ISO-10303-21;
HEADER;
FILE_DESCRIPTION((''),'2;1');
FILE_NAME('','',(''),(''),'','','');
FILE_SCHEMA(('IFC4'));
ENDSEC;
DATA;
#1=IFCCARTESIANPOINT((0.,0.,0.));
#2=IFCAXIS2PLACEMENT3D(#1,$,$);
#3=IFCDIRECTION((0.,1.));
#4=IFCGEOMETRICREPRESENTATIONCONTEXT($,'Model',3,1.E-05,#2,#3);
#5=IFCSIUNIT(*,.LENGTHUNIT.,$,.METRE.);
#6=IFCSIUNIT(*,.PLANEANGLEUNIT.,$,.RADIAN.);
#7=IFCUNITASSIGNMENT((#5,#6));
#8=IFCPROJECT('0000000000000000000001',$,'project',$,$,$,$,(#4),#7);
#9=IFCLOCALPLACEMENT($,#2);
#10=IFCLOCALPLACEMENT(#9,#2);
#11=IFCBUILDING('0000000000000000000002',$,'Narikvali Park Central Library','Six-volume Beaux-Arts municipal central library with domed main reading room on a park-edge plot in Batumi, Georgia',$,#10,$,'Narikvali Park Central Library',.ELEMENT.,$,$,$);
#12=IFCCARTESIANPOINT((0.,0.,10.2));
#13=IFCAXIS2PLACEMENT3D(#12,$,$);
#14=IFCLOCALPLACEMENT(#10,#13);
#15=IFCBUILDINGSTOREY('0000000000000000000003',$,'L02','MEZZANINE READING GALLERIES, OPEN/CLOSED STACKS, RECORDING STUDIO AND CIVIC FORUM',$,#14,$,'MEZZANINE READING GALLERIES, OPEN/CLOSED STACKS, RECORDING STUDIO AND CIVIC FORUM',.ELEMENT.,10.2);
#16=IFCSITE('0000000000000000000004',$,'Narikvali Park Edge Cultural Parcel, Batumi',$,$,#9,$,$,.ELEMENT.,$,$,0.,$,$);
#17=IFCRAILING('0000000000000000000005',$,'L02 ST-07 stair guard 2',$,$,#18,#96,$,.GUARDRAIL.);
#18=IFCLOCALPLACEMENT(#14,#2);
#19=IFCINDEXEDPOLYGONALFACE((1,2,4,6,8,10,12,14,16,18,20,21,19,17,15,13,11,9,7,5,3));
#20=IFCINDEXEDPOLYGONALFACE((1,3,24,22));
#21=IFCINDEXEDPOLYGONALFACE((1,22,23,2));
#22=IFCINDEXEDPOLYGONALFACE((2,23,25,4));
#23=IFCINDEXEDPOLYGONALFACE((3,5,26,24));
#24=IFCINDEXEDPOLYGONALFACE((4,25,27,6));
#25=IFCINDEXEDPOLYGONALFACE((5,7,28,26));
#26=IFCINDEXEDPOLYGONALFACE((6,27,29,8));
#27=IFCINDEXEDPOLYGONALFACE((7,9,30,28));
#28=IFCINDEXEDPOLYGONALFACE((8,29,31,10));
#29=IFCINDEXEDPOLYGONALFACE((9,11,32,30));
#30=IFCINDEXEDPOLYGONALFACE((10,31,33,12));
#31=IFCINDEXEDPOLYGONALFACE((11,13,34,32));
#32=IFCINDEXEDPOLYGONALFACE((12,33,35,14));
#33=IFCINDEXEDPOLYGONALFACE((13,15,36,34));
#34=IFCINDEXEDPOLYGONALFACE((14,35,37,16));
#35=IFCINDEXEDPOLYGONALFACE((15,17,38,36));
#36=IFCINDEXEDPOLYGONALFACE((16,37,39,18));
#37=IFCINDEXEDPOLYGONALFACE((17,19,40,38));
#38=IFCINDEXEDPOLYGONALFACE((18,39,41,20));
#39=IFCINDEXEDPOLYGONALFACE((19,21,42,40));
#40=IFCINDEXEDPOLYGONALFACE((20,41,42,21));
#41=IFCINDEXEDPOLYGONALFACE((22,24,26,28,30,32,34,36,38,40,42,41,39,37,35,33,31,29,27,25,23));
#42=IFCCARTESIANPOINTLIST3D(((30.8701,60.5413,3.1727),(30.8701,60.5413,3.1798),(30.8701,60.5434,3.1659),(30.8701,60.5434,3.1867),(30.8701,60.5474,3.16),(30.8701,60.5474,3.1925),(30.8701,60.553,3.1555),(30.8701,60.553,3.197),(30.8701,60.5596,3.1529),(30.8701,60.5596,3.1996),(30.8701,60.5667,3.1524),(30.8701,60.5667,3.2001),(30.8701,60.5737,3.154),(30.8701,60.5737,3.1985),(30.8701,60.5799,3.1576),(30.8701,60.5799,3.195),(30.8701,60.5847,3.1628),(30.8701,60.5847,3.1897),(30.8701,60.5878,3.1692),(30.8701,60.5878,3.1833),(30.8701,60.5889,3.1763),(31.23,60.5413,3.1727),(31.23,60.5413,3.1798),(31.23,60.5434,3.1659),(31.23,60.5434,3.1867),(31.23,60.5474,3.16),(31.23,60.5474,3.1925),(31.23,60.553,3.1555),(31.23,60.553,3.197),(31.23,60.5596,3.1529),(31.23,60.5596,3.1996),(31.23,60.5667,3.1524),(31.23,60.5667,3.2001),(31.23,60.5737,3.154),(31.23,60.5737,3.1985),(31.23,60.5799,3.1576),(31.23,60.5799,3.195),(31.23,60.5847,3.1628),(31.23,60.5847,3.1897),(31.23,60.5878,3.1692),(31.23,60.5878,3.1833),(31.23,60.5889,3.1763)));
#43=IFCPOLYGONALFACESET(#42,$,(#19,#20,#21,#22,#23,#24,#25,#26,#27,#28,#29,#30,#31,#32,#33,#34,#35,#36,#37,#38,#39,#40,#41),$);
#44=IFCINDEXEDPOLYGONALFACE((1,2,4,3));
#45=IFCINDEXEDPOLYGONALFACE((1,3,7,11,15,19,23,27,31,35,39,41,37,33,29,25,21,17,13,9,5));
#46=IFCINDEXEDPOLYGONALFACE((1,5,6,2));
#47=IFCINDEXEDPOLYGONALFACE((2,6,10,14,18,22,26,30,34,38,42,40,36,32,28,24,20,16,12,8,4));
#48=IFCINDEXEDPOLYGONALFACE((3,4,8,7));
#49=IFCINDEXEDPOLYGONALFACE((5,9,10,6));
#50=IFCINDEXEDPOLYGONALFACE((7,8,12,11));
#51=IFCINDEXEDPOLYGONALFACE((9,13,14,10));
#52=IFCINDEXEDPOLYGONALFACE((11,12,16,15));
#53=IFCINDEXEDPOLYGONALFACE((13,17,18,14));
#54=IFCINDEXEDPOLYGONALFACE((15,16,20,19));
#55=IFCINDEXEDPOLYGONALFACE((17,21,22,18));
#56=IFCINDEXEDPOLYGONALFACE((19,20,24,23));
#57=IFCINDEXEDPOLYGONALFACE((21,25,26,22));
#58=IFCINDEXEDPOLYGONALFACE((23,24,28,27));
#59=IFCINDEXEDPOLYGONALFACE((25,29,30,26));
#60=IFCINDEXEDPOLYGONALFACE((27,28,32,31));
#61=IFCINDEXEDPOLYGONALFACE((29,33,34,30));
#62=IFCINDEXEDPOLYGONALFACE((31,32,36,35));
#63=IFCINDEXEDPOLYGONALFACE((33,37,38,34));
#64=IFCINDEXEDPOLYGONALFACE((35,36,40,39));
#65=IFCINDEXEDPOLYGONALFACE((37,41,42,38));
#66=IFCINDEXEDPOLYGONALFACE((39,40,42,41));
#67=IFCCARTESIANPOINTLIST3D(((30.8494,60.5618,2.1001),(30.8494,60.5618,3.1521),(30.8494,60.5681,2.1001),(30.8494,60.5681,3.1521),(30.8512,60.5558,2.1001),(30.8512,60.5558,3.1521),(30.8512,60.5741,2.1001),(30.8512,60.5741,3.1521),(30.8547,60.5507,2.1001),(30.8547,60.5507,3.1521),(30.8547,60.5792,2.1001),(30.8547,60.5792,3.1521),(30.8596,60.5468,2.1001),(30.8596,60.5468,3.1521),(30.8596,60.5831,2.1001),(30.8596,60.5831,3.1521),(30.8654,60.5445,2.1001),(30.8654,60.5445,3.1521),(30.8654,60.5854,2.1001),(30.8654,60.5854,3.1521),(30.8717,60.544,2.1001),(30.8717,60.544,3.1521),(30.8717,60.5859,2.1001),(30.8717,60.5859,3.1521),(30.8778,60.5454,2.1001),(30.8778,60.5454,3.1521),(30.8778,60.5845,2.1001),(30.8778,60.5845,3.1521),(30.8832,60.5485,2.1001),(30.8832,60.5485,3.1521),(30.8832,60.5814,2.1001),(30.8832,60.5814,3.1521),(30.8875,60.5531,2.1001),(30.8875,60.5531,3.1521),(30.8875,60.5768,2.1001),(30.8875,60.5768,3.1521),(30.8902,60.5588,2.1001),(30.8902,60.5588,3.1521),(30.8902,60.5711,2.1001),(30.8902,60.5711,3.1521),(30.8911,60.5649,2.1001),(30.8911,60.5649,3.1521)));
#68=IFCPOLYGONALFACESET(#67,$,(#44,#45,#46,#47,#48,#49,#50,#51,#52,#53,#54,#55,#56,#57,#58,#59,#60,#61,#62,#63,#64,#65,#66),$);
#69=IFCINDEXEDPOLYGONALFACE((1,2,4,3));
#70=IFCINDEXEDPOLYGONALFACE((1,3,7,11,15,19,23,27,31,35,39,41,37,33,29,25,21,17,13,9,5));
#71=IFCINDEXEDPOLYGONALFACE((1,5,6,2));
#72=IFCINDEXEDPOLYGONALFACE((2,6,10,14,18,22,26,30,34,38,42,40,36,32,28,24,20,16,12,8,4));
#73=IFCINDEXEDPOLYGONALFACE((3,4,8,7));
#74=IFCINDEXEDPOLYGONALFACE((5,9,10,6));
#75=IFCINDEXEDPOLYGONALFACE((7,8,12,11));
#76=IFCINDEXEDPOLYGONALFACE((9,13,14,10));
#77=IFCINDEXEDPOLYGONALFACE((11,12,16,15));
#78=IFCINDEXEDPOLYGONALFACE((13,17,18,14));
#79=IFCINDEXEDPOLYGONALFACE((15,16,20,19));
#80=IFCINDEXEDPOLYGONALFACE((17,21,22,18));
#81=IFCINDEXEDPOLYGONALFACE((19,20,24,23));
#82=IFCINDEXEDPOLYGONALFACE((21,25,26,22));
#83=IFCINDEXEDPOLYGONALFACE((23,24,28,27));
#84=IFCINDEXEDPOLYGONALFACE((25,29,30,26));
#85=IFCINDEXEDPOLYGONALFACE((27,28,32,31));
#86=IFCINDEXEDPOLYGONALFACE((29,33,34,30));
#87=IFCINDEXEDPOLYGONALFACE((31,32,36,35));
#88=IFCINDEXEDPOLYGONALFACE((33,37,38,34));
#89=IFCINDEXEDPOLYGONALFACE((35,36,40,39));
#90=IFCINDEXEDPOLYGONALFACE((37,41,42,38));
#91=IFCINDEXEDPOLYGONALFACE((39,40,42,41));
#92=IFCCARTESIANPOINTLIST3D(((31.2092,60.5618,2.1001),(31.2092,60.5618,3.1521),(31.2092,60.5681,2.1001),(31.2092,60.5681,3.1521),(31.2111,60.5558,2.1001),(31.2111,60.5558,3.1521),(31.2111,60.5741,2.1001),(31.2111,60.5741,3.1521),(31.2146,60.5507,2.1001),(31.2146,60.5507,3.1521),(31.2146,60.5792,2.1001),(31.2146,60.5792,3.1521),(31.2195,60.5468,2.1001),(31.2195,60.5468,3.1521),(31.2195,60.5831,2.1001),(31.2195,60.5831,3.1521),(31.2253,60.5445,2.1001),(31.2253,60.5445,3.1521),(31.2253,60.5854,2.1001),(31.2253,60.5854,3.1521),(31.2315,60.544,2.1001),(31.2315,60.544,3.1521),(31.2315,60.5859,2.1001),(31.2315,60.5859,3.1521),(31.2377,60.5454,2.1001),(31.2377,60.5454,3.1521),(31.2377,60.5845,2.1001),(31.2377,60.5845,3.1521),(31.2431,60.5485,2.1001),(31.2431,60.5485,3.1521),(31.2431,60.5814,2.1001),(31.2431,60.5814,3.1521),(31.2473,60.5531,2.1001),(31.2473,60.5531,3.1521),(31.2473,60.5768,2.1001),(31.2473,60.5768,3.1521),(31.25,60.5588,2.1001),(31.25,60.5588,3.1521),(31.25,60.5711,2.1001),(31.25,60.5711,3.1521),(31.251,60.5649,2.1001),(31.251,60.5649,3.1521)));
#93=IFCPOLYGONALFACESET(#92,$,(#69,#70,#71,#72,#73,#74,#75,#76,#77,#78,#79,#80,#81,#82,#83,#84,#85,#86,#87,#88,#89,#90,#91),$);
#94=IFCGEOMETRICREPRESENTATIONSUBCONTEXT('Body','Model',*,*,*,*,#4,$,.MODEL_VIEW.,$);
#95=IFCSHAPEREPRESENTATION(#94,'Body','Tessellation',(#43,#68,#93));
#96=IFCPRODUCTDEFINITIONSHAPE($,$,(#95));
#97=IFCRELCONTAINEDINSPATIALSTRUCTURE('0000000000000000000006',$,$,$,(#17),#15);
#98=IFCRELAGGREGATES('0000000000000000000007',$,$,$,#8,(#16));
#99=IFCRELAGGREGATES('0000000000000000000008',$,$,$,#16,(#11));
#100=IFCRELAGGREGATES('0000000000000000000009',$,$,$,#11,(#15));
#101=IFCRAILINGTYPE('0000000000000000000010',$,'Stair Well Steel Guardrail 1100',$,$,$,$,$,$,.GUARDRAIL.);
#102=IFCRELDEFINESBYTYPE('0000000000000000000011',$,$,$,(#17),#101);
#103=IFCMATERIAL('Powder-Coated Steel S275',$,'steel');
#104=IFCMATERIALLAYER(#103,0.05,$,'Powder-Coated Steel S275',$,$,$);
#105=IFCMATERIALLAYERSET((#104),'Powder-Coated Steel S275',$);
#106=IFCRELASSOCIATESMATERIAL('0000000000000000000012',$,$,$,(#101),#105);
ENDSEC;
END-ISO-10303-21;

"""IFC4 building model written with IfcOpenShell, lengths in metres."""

from ifc_helpers import new_model, si_unit, direction, frame, origin, origin_2d, place, context, subcontext, project, spatial, circle, extrude, material, layer, layer_set, type_object, element, save


model = new_model("IFC4")

# Units and contexts
model_context = context("Model", 3, precision=1e-05, world=origin(), true_north=direction((0.0, 1.0)))
body_context = subcontext(model_context, "Body", "Model", "MODEL_VIEW")
ifc_project = project(units=[si_unit("LENGTHUNIT", "METRE"), si_unit("PLANEANGLEUNIT", "RADIAN")], contexts=[model_context])

# Site, building, storey
site_placement = place(None, origin())
site = spatial("IfcSite", under=ifc_project, at=site_placement, Name="Narikvali Park Edge Cultural Parcel, Batumi", CompositionType="ELEMENT", RefElevation=0.0)
building_placement = place(site_placement, origin())
building = spatial("IfcBuilding", under=site, at=building_placement, Name="Narikvali Park Central Library", Description="Six-volume Beaux-Arts municipal central library with domed main reading room on a park-edge plot in Batumi, Georgia", LongName="Narikvali Park Central Library", CompositionType="ELEMENT")
storey_placement = place(building_placement, frame((0.0, 0.0, 10.2)))
storey = spatial("IfcBuildingStorey", under=building, at=storey_placement, Name="L02", Description="MEZZANINE READING GALLERIES, OPEN/CLOSED STACKS, RECORDING STUDIO AND CIVIC FORUM", LongName="MEZZANINE READING GALLERIES, OPEN/CLOSED STACKS, RECORDING STUDIO AND CIVIC FORUM", CompositionType="ELEMENT", Elevation=10.2)

# Railing
ifc_material_1 = material(Name="Powder-Coated Steel S275", Category="steel")
ifc_layer_1 = layer(ifc_material_1, 0.05, Name="Powder-Coated Steel S275")
ifc_layer_set_1 = layer_set([ifc_layer_1], Name="Powder-Coated Steel S275")
railing_type_1 = type_object("IfcRailingType", Name="Stair Well Steel Guardrail 1100", PredefinedType="GUARDRAIL", material=ifc_layer_set_1)
railing_1_placement = place(storey_placement, frame((30.8701, 60.5649, 2.1001)))
element("IfcRailing", 1, at=railing_1_placement, inside=storey, type_object=railing_type_1, Name="L02 ST-07 stair guard 2", PredefinedType="GUARDRAIL", context=body_context, shape_type="SweptSolid", body=[
    extrude(circle(Radius=0.0239, at=origin_2d()), frame((0.0, 0.0, 1.0762), z_axis=(1.0, 0.0, 0.0), x_axis=(0.0, 1.0, 0.0)), (0.0, 0.0, 1.0), 0.3599),
    extrude(circle(Radius=0.021, at=origin_2d()), origin(), (0.0, 0.0, 1.0), 1.052),
    extrude(circle(Radius=0.021, at=origin_2d()), frame((0.3599, 0.0, 0.0)), (0.0, 0.0, 1.0), 1.052),
])

save(model, "model.ifc")
